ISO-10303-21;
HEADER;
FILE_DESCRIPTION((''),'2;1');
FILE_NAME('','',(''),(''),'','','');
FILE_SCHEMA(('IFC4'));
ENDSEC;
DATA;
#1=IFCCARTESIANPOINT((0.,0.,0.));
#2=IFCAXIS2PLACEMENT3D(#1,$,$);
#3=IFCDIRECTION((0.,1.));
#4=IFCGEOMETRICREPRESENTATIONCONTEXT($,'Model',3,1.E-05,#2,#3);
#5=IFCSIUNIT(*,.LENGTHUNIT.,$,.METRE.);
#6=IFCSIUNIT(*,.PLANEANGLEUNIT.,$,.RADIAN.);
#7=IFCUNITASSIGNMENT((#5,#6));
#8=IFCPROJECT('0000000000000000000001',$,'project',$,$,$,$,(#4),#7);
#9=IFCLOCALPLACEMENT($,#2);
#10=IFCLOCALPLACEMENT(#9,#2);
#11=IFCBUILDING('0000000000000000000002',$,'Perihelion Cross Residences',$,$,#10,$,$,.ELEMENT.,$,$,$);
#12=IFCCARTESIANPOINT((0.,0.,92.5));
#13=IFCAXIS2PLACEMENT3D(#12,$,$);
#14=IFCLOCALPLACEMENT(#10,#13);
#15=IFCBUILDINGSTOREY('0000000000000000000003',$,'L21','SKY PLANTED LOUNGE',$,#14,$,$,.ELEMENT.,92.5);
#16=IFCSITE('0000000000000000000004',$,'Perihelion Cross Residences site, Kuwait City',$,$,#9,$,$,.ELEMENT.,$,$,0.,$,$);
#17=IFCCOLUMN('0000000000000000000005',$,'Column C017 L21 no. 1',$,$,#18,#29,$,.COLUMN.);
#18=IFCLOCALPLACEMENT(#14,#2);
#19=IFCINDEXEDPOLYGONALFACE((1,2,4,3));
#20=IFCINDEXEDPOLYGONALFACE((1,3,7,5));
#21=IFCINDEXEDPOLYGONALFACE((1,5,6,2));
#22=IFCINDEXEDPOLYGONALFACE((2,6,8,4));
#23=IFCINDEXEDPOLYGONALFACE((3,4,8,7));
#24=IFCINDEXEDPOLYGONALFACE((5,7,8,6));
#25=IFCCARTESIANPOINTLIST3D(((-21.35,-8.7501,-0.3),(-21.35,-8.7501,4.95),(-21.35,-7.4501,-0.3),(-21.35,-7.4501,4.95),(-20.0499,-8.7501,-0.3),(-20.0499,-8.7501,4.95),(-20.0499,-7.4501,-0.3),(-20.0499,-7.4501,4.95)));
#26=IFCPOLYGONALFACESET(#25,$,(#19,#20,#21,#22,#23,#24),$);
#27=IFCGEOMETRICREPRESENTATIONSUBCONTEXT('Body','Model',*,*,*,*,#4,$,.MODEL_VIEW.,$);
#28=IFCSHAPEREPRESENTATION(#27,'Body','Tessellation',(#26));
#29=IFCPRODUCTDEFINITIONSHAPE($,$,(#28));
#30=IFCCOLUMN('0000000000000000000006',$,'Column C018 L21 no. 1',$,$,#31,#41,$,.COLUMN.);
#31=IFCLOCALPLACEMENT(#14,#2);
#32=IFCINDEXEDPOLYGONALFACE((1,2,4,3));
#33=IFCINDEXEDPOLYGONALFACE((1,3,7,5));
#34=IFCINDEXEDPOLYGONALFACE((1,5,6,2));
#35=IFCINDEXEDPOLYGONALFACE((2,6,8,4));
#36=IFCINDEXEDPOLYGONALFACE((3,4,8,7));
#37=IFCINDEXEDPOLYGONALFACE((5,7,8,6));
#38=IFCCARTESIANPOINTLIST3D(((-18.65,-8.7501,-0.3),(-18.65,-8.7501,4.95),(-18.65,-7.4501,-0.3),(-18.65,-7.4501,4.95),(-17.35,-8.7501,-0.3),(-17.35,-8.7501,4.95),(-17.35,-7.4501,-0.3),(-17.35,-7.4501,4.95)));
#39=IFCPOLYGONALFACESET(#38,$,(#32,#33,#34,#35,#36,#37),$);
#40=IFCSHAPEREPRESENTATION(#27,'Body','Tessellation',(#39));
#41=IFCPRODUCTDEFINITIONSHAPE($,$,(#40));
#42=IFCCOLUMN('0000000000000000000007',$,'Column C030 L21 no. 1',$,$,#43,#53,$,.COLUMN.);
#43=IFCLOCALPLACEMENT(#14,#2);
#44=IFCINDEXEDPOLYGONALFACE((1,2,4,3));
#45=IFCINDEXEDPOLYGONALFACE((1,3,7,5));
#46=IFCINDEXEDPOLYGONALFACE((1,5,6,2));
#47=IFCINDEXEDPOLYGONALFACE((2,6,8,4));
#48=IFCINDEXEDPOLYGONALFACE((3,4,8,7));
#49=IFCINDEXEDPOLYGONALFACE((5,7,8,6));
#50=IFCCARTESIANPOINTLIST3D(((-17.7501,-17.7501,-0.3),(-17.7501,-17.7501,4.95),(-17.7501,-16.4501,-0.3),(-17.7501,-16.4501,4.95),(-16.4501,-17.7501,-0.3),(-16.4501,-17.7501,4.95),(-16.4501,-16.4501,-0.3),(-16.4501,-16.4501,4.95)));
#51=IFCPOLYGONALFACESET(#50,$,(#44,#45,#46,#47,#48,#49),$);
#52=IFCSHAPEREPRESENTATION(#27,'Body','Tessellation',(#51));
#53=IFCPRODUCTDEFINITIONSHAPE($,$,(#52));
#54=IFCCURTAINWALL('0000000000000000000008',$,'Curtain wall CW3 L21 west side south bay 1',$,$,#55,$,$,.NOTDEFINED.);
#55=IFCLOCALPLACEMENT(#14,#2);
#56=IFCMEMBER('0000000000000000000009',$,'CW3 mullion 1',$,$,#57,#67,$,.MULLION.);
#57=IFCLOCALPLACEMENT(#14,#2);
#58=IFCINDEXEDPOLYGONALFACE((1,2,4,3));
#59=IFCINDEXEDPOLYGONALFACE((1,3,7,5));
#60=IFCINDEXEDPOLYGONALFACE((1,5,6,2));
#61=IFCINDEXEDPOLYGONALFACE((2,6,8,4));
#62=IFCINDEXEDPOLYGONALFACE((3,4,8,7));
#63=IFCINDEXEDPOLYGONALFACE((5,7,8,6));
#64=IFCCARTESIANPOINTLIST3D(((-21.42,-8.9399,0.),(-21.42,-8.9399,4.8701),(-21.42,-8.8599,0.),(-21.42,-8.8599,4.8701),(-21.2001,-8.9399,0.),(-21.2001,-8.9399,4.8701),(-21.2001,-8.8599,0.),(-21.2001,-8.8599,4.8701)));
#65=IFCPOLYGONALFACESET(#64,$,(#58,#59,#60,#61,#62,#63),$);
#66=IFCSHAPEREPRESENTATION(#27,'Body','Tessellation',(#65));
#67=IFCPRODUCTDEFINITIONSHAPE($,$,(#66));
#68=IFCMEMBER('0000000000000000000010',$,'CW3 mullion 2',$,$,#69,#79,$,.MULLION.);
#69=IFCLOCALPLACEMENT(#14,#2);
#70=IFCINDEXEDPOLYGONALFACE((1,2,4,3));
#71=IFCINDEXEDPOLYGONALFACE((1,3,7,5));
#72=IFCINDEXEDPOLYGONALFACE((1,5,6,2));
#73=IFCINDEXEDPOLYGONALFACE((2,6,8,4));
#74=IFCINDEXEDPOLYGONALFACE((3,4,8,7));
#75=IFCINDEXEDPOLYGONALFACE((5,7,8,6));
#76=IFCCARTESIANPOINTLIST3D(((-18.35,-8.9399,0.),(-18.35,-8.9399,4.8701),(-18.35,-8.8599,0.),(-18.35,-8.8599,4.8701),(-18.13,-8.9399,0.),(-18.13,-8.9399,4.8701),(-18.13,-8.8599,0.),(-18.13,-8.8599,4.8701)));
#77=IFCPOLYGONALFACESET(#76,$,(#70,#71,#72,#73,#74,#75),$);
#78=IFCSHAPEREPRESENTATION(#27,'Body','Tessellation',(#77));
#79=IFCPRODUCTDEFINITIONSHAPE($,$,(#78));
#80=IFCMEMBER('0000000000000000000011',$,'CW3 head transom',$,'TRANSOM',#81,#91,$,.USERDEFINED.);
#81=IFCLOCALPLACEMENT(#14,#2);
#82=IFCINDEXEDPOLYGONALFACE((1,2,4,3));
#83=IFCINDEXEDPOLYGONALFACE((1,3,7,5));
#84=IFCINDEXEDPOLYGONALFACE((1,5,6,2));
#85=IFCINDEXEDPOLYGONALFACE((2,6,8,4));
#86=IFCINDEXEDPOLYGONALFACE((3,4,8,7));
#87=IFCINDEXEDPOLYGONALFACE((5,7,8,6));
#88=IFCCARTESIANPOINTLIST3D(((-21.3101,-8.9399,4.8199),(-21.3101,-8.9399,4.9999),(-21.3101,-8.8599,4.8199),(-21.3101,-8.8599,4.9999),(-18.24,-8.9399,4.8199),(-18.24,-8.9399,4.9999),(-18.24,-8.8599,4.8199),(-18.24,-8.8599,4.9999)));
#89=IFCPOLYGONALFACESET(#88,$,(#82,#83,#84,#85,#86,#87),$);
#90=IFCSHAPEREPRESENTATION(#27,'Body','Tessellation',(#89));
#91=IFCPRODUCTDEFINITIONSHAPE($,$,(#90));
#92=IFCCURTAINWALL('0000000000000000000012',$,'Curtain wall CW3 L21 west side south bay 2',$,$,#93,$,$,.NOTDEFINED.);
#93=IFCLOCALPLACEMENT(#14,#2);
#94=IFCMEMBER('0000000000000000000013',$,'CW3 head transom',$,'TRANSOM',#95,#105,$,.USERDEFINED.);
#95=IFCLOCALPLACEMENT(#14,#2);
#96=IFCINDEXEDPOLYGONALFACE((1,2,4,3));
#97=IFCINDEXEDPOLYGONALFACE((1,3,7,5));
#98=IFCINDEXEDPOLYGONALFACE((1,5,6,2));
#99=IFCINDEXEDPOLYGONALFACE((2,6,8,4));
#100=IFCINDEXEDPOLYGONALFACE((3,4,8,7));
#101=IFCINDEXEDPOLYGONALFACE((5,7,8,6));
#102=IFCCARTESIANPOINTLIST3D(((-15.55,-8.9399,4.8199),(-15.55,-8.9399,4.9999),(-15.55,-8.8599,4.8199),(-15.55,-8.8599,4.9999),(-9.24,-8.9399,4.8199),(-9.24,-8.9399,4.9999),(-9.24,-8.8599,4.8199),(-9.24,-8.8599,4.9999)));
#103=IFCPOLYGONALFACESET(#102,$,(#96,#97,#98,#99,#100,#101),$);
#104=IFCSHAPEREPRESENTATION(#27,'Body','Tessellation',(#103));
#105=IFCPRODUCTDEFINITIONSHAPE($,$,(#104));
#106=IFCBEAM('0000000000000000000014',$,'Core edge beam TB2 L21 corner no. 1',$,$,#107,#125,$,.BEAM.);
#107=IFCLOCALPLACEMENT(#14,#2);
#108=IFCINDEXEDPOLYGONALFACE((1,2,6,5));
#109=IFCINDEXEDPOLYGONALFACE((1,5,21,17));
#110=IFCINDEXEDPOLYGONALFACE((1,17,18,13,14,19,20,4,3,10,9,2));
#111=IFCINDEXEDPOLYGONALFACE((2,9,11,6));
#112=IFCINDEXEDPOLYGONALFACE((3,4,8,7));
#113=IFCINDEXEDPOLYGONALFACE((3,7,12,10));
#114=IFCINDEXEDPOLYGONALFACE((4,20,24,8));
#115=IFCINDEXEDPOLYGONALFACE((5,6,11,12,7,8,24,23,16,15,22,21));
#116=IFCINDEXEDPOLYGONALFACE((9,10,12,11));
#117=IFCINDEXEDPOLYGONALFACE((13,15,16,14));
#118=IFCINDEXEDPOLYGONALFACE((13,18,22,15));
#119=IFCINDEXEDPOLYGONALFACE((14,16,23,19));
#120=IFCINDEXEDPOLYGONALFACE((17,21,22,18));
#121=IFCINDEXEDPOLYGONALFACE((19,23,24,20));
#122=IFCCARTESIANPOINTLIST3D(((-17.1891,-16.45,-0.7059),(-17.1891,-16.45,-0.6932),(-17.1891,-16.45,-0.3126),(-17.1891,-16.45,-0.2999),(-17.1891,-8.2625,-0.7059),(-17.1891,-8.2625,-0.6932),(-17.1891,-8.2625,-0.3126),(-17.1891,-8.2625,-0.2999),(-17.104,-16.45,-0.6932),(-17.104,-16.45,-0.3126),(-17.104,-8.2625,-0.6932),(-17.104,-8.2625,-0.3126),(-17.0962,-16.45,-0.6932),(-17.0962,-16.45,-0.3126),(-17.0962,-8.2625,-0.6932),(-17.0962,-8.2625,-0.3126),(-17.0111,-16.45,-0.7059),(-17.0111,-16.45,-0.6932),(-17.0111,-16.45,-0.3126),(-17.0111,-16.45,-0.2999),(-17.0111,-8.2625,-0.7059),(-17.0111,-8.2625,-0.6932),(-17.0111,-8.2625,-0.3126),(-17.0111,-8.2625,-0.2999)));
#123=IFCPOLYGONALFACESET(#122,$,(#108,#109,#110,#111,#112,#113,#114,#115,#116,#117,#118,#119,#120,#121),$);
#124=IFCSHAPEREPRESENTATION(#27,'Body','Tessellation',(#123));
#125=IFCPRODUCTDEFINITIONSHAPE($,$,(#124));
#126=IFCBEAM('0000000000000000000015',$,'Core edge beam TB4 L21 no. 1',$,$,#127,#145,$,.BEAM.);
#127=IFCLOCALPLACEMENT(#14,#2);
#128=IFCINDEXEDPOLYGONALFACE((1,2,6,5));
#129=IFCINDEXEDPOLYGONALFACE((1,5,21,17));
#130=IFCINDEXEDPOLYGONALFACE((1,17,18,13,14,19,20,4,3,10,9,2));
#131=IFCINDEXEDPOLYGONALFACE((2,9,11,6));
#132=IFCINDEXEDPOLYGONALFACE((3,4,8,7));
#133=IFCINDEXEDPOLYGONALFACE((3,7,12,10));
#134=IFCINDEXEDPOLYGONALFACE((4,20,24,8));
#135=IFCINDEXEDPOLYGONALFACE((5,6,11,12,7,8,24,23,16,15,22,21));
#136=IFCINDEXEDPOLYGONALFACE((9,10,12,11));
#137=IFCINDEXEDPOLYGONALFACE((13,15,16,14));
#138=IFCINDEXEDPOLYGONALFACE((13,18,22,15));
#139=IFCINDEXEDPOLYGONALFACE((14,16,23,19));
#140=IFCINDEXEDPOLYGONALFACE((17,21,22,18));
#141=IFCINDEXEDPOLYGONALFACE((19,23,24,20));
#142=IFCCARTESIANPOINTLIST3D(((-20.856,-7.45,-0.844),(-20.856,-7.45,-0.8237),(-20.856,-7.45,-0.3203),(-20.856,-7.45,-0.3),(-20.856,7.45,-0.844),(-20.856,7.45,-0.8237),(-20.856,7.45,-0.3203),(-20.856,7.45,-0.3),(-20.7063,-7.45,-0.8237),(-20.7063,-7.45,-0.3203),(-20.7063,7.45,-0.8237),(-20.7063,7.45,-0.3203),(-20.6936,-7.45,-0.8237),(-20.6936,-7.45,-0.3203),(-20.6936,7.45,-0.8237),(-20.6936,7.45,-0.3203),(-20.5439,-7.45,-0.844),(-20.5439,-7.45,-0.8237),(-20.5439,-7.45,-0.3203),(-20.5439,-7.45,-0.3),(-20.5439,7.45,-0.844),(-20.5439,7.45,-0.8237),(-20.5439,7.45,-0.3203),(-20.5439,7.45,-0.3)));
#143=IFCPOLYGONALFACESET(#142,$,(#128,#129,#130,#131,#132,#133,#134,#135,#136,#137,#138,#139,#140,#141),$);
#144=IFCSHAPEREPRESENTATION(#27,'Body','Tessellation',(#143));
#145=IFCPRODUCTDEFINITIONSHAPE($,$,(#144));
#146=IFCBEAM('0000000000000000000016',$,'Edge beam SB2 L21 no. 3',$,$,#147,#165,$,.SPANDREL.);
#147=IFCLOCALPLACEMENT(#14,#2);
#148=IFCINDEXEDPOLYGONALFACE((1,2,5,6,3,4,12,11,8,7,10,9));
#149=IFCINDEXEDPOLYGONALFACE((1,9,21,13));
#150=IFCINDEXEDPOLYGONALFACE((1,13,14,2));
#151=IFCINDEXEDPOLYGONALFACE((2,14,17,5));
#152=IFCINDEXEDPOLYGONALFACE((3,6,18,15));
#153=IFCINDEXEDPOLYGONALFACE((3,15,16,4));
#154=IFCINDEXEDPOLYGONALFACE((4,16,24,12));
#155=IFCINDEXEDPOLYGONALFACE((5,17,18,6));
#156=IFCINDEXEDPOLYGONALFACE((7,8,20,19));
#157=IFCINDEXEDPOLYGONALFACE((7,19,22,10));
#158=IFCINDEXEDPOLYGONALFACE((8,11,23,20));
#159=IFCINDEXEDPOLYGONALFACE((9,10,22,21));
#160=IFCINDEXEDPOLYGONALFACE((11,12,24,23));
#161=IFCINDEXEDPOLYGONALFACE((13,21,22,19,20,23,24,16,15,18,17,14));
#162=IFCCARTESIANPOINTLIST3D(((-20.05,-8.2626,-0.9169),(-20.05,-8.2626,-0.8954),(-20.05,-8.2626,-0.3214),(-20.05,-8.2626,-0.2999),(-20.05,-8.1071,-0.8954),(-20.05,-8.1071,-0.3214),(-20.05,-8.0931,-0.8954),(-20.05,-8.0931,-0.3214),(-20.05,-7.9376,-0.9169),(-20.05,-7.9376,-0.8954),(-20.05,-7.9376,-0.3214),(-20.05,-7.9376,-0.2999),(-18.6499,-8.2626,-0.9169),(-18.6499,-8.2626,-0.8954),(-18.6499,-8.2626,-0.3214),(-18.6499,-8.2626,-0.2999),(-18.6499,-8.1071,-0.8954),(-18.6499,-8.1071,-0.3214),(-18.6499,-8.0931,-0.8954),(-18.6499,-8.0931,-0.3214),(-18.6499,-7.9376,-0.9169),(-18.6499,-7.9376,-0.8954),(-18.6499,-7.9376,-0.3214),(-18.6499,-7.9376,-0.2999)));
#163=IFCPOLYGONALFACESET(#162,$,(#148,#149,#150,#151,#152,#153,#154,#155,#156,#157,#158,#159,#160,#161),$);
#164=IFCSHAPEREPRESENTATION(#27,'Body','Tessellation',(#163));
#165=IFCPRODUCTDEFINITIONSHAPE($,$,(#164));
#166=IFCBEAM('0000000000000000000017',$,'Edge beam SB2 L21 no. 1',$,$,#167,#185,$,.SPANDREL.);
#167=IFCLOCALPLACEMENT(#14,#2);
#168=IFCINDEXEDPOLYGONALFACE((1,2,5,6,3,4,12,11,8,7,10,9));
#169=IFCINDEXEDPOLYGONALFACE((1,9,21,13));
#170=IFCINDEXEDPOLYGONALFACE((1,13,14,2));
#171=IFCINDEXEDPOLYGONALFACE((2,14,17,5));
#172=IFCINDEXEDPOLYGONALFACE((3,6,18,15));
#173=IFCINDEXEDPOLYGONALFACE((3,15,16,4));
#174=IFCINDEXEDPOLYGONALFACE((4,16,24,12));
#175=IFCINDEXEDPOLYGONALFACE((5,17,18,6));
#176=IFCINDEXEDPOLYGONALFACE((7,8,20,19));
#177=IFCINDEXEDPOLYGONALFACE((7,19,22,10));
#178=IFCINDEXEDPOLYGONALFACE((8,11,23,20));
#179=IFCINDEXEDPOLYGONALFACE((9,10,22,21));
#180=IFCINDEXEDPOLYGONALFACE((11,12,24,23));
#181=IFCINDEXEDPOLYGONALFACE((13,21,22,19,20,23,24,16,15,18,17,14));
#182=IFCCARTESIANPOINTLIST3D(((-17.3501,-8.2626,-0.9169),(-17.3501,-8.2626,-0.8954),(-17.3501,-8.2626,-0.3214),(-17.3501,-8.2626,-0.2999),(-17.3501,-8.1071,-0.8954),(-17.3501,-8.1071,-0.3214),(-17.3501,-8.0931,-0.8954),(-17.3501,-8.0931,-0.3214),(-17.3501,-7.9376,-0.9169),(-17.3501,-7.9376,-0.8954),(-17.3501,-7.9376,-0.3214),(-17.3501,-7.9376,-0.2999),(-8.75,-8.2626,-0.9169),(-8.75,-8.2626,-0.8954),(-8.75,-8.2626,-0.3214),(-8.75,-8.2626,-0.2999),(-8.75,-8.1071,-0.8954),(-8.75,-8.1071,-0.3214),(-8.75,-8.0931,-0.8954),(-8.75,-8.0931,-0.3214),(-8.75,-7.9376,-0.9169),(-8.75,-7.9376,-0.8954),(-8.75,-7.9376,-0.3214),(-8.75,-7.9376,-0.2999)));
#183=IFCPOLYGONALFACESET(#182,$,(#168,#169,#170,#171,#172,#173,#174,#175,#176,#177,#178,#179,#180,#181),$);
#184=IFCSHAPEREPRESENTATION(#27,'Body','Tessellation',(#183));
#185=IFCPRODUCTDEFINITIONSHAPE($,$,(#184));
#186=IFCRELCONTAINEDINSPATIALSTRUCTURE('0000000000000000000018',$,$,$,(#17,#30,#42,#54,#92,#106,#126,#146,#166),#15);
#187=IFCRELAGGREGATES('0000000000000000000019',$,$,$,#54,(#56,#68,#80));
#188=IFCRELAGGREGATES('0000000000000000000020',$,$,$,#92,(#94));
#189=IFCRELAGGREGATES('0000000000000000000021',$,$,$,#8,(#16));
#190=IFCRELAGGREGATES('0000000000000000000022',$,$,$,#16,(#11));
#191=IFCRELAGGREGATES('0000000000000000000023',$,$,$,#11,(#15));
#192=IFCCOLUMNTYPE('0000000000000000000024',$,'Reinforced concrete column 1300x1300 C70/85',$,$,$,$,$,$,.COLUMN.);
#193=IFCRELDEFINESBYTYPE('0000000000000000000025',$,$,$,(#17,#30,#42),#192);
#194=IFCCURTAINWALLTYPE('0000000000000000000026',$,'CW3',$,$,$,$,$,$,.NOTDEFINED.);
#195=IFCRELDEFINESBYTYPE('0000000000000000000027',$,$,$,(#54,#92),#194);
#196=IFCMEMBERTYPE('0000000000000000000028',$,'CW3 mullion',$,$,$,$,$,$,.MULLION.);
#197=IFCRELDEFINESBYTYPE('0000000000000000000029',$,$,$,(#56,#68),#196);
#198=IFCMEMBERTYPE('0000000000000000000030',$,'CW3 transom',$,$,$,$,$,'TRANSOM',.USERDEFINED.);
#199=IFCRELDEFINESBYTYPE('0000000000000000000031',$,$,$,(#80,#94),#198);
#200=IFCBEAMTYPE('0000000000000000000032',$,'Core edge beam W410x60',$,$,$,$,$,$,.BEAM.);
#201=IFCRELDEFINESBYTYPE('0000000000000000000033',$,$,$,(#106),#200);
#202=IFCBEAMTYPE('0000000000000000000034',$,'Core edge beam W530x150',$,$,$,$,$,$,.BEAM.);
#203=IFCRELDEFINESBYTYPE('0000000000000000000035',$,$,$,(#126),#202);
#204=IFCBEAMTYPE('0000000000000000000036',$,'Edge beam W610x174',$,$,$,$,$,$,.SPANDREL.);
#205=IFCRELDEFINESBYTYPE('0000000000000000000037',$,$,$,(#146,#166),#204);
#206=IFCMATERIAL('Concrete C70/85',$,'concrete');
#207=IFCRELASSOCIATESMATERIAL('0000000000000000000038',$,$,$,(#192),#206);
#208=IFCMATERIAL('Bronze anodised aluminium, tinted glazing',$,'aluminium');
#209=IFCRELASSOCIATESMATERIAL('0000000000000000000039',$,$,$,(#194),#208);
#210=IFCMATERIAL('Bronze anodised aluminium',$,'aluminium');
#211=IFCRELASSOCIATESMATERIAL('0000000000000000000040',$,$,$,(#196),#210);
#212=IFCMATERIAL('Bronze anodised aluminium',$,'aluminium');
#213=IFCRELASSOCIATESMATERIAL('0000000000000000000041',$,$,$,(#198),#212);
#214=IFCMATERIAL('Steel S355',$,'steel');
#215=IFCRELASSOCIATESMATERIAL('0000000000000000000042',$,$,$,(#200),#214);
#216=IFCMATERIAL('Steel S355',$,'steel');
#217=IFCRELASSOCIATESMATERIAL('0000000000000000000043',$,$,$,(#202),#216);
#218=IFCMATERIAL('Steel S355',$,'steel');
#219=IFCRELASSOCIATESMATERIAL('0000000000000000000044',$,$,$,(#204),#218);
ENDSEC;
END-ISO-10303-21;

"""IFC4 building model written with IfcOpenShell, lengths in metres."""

from ifc_helpers import new_model, si_unit, direction, frame, origin, origin_2d, place, context, subcontext, project, spatial, rectangle, i_section, extrude, material, material_profile, profile_set, type_object, element, aggregate, save


model = new_model("IFC4")

# Units and contexts
model_context = context("Model", 3, precision=1e-05, world=origin(), true_north=direction((0.0, 1.0)))
body_context = subcontext(model_context, "Body", "Model", "MODEL_VIEW")
ifc_project = project(units=[si_unit("LENGTHUNIT", "METRE"), si_unit("PLANEANGLEUNIT", "RADIAN")], contexts=[model_context])

# Site, building, storey
site_placement = place(None, origin())
site = spatial("IfcSite", under=ifc_project, at=site_placement, Name="Perihelion Cross Residences site, Kuwait City", CompositionType="ELEMENT", RefElevation=0.0)
building_placement = place(site_placement, origin())
building = spatial("IfcBuilding", under=site, at=building_placement, Name="Perihelion Cross Residences", CompositionType="ELEMENT")
storey_placement = place(building_placement, frame((0.0, 0.0, 92.5)))
storey = spatial("IfcBuildingStorey", under=building, at=storey_placement, Name="L21", Description="SKY PLANTED LOUNGE", CompositionType="ELEMENT", Elevation=92.5)

# Columns
ifc_material_1 = material(Name="Concrete C70/85", Category="concrete")
ifc_material_profile_1 = material_profile(ifc_material_1, rectangle(XDim=1.3, YDim=1.3, at=origin_2d()), Name="RC 1300x1300")
ifc_profile_set_1 = profile_set([ifc_material_profile_1], Name="Concrete C70/85")
column_type = type_object("IfcColumnType", Name="Reinforced concrete column 1300x1300 C70/85", PredefinedType="COLUMN", material=ifc_profile_set_1)
for number, where, z_axis, x_axis, name in (
    (1, (-20.7, -8.1001, -0.3), (0.0, 0.0, 1.0), (1.0, 0.0, 0.0), "Column C017 L21 no. 1"),
    (2, (-18.0, -8.1001, -0.3), (0.0, 0.0, 1.0), (1.0, 0.0, 0.0), "Column C018 L21 no. 1"),
    (3, (-17.1001, -17.1001, -0.3), (0.0, 0.0, 1.0), (1.0, 0.0, 0.0), "Column C030 L21 no. 1"),
):
    element("IfcColumn", number, at=place(storey_placement, frame(where, z_axis=z_axis, x_axis=x_axis)), inside=storey, type_object=column_type, Name=name, PredefinedType="COLUMN", context=body_context, shape_type="SweptSolid", body=[
        extrude(rectangle(XDim=1.3, YDim=1.3, at=origin_2d()), origin(), (0.0, 0.0, 1.0), 5.25),
    ])

# Curtain wall, members
ifc_material_2 = material(Name="Bronze anodised aluminium, tinted glazing", Category="aluminium")
curtain_wall_type = type_object("IfcCurtainWallType", Name="CW3", PredefinedType="NOTDEFINED", material=ifc_material_2)
curtain_wall_1_placement = place(storey_placement, origin())
curtain_wall_1 = element("IfcCurtainWall", 4, at=curtain_wall_1_placement, inside=storey, type_object=curtain_wall_type, Name="Curtain wall CW3 L21 west side south bay 1", PredefinedType="NOTDEFINED")
ifc_material_3 = material(Name="Bronze anodised aluminium", Category="aluminium")
ifc_material_profile_2 = material_profile(ifc_material_3, rectangle(XDim=0.0801, YDim=0.22, at=origin_2d()), Name="CW3 mullion")
ifc_profile_set_2 = profile_set([ifc_material_profile_2], Name="Bronze anodised aluminium")
member_type_1 = type_object("IfcMemberType", Name="CW3 mullion", PredefinedType="MULLION", material=ifc_profile_set_2)
member_1_placement = place(storey_placement, frame((-21.3101, -8.8999, 0.0), z_axis=(0.0, 0.0, 1.0), x_axis=(0.0, 1.0, 0.0)))
member_1 = element("IfcMember", 5, at=member_1_placement, type_object=member_type_1, Name="CW3 mullion 1", PredefinedType="MULLION", context=body_context, shape_type="SweptSolid", body=[
    extrude(rectangle(XDim=0.0801, YDim=0.22, at=origin_2d()), origin(), (0.0, 0.0, 1.0), 4.8701),
])
member_2_placement = place(storey_placement, frame((-18.24, -8.8999, 0.0), z_axis=(0.0, 0.0, 1.0), x_axis=(0.0, 1.0, 0.0)))
member_2 = element("IfcMember", 6, at=member_2_placement, type_object=member_type_1, Name="CW3 mullion 2", PredefinedType="MULLION", context=body_context, shape_type="SweptSolid", body=[
    extrude(rectangle(XDim=0.0801, YDim=0.22, at=origin_2d()), origin(), (0.0, 0.0, 1.0), 4.8701),
])
ifc_material_4 = material(Name="Bronze anodised aluminium", Category="aluminium")
ifc_material_profile_3 = material_profile(ifc_material_4, rectangle(XDim=0.0801, YDim=0.1799, at=origin_2d()), Name="CW3 transom")
ifc_profile_set_3 = profile_set([ifc_material_profile_3], Name="Bronze anodised aluminium")
member_type_2 = type_object("IfcMemberType", Name="CW3 transom", ElementType="TRANSOM", PredefinedType="USERDEFINED", material=ifc_profile_set_3)
member_3_placement = place(storey_placement, frame((-21.3101, -8.8999, 4.9099), z_axis=(1.0, 0.0, 0.0), x_axis=(0.0, 1.0, 0.0)))
member_3 = element("IfcMember", 7, at=member_3_placement, type_object=member_type_2, Name="CW3 head transom", ObjectType="TRANSOM", PredefinedType="USERDEFINED", context=body_context, shape_type="SweptSolid", body=[
    extrude(rectangle(XDim=0.0801, YDim=0.1799, at=origin_2d()), origin(), (0.0, 0.0, 1.0), 3.0701),
])

# Curtain wall, member
curtain_wall_2_placement = place(storey_placement, origin())
curtain_wall_2 = element("IfcCurtainWall", 8, at=curtain_wall_2_placement, inside=storey, type_object=curtain_wall_type, Name="Curtain wall CW3 L21 west side south bay 2", PredefinedType="NOTDEFINED")
member_4_placement = place(storey_placement, frame((-15.55, -8.8999, 4.9099), z_axis=(1.0, 0.0, 0.0), x_axis=(0.0, 1.0, 0.0)))
member_4 = element("IfcMember", 9, at=member_4_placement, type_object=member_type_2, Name="CW3 head transom", ObjectType="TRANSOM", PredefinedType="USERDEFINED", context=body_context, shape_type="SweptSolid", body=[
    extrude(rectangle(XDim=0.0801, YDim=0.1799, at=origin_2d()), origin(), (0.0, 0.0, 1.0), 6.3101),
])

# Beams
ifc_material_5 = material(Name="Steel S355", Category="steel")
ifc_material_profile_4 = material_profile(ifc_material_5, i_section(OverallWidth=0.178, OverallDepth=0.406, WebThickness=0.0078, FlangeThickness=0.0127, at=origin_2d()), Name="W410x60")
ifc_profile_set_4 = profile_set([ifc_material_profile_4], Name="Steel S355")
beam_type_1 = type_object("IfcBeamType", Name="Core edge beam W410x60", PredefinedType="BEAM", material=ifc_profile_set_4)
beam_1_placement = place(storey_placement, frame((-17.1001, -8.2625, -0.5029), z_axis=(0.0, -1.0, 0.0), x_axis=(1.0, 0.0, 0.0)))
element("IfcBeam", 10, at=beam_1_placement, inside=storey, type_object=beam_type_1, Name="Core edge beam TB2 L21 corner no. 1", PredefinedType="BEAM", context=body_context, shape_type="SweptSolid", body=[
    extrude(i_section(OverallWidth=0.178, OverallDepth=0.406, WebThickness=0.0078, FlangeThickness=0.0127, at=origin_2d()), origin(), (0.0, 0.0, 1.0), 8.1875),
])
ifc_material_6 = material(Name="Steel S355", Category="steel")
ifc_material_profile_5 = material_profile(ifc_material_6, i_section(OverallWidth=0.312, OverallDepth=0.5439, WebThickness=0.0127, FlangeThickness=0.0203, at=origin_2d()), Name="W530x150")
ifc_profile_set_5 = profile_set([ifc_material_profile_5], Name="Steel S355")
beam_type_2 = type_object("IfcBeamType", Name="Core edge beam W530x150", PredefinedType="BEAM", material=ifc_profile_set_5)
beam_2_placement = place(storey_placement, frame((-20.7, -7.45, -0.572), z_axis=(0.0, 1.0, 0.0), x_axis=(-1.0, 0.0, 0.0)))
element("IfcBeam", 11, at=beam_2_placement, inside=storey, type_object=beam_type_2, Name="Core edge beam TB4 L21 no. 1", PredefinedType="BEAM", context=body_context, shape_type="SweptSolid", body=[
    extrude(i_section(OverallWidth=0.312, OverallDepth=0.5439, WebThickness=0.0127, FlangeThickness=0.0203, at=origin_2d()), origin(), (0.0, 0.0, 1.0), 14.8999),
])
ifc_material_7 = material(Name="Steel S355", Category="steel")
ifc_material_profile_6 = material_profile(ifc_material_7, i_section(OverallWidth=0.325, OverallDepth=0.6169, WebThickness=0.0139, FlangeThickness=0.0215, at=origin_2d()), Name="W610x174")
ifc_profile_set_6 = profile_set([ifc_material_profile_6], Name="Steel S355")
beam_type_3 = type_object("IfcBeamType", Name="Edge beam W610x174", PredefinedType="SPANDREL", material=ifc_profile_set_6)
beam_3_placement = place(storey_placement, frame((-20.05, -8.1001, -0.6084), z_axis=(1.0, 0.0, 0.0), x_axis=(0.0, 1.0, 0.0)))
element("IfcBeam", 12, at=beam_3_placement, inside=storey, type_object=beam_type_3, Name="Edge beam SB2 L21 no. 3", PredefinedType="SPANDREL", context=body_context, shape_type="SweptSolid", body=[
    extrude(i_section(OverallWidth=0.325, OverallDepth=0.6169, WebThickness=0.0139, FlangeThickness=0.0215, at=origin_2d()), origin(), (0.0, 0.0, 1.0), 1.4001),
])
beam_4_placement = place(storey_placement, frame((-17.3501, -8.1001, -0.6084), z_axis=(1.0, 0.0, 0.0), x_axis=(0.0, 1.0, 0.0)))
element("IfcBeam", 13, at=beam_4_placement, inside=storey, type_object=beam_type_3, Name="Edge beam SB2 L21 no. 1", PredefinedType="SPANDREL", context=body_context, shape_type="SweptSolid", body=[
    extrude(i_section(OverallWidth=0.325, OverallDepth=0.6169, WebThickness=0.0139, FlangeThickness=0.0215, at=origin_2d()), origin(), (0.0, 0.0, 1.0), 8.6001),
])

aggregate(curtain_wall_1, [member_1, member_2, member_3])
aggregate(curtain_wall_2, [member_4])

save(model, "model.ifc")
